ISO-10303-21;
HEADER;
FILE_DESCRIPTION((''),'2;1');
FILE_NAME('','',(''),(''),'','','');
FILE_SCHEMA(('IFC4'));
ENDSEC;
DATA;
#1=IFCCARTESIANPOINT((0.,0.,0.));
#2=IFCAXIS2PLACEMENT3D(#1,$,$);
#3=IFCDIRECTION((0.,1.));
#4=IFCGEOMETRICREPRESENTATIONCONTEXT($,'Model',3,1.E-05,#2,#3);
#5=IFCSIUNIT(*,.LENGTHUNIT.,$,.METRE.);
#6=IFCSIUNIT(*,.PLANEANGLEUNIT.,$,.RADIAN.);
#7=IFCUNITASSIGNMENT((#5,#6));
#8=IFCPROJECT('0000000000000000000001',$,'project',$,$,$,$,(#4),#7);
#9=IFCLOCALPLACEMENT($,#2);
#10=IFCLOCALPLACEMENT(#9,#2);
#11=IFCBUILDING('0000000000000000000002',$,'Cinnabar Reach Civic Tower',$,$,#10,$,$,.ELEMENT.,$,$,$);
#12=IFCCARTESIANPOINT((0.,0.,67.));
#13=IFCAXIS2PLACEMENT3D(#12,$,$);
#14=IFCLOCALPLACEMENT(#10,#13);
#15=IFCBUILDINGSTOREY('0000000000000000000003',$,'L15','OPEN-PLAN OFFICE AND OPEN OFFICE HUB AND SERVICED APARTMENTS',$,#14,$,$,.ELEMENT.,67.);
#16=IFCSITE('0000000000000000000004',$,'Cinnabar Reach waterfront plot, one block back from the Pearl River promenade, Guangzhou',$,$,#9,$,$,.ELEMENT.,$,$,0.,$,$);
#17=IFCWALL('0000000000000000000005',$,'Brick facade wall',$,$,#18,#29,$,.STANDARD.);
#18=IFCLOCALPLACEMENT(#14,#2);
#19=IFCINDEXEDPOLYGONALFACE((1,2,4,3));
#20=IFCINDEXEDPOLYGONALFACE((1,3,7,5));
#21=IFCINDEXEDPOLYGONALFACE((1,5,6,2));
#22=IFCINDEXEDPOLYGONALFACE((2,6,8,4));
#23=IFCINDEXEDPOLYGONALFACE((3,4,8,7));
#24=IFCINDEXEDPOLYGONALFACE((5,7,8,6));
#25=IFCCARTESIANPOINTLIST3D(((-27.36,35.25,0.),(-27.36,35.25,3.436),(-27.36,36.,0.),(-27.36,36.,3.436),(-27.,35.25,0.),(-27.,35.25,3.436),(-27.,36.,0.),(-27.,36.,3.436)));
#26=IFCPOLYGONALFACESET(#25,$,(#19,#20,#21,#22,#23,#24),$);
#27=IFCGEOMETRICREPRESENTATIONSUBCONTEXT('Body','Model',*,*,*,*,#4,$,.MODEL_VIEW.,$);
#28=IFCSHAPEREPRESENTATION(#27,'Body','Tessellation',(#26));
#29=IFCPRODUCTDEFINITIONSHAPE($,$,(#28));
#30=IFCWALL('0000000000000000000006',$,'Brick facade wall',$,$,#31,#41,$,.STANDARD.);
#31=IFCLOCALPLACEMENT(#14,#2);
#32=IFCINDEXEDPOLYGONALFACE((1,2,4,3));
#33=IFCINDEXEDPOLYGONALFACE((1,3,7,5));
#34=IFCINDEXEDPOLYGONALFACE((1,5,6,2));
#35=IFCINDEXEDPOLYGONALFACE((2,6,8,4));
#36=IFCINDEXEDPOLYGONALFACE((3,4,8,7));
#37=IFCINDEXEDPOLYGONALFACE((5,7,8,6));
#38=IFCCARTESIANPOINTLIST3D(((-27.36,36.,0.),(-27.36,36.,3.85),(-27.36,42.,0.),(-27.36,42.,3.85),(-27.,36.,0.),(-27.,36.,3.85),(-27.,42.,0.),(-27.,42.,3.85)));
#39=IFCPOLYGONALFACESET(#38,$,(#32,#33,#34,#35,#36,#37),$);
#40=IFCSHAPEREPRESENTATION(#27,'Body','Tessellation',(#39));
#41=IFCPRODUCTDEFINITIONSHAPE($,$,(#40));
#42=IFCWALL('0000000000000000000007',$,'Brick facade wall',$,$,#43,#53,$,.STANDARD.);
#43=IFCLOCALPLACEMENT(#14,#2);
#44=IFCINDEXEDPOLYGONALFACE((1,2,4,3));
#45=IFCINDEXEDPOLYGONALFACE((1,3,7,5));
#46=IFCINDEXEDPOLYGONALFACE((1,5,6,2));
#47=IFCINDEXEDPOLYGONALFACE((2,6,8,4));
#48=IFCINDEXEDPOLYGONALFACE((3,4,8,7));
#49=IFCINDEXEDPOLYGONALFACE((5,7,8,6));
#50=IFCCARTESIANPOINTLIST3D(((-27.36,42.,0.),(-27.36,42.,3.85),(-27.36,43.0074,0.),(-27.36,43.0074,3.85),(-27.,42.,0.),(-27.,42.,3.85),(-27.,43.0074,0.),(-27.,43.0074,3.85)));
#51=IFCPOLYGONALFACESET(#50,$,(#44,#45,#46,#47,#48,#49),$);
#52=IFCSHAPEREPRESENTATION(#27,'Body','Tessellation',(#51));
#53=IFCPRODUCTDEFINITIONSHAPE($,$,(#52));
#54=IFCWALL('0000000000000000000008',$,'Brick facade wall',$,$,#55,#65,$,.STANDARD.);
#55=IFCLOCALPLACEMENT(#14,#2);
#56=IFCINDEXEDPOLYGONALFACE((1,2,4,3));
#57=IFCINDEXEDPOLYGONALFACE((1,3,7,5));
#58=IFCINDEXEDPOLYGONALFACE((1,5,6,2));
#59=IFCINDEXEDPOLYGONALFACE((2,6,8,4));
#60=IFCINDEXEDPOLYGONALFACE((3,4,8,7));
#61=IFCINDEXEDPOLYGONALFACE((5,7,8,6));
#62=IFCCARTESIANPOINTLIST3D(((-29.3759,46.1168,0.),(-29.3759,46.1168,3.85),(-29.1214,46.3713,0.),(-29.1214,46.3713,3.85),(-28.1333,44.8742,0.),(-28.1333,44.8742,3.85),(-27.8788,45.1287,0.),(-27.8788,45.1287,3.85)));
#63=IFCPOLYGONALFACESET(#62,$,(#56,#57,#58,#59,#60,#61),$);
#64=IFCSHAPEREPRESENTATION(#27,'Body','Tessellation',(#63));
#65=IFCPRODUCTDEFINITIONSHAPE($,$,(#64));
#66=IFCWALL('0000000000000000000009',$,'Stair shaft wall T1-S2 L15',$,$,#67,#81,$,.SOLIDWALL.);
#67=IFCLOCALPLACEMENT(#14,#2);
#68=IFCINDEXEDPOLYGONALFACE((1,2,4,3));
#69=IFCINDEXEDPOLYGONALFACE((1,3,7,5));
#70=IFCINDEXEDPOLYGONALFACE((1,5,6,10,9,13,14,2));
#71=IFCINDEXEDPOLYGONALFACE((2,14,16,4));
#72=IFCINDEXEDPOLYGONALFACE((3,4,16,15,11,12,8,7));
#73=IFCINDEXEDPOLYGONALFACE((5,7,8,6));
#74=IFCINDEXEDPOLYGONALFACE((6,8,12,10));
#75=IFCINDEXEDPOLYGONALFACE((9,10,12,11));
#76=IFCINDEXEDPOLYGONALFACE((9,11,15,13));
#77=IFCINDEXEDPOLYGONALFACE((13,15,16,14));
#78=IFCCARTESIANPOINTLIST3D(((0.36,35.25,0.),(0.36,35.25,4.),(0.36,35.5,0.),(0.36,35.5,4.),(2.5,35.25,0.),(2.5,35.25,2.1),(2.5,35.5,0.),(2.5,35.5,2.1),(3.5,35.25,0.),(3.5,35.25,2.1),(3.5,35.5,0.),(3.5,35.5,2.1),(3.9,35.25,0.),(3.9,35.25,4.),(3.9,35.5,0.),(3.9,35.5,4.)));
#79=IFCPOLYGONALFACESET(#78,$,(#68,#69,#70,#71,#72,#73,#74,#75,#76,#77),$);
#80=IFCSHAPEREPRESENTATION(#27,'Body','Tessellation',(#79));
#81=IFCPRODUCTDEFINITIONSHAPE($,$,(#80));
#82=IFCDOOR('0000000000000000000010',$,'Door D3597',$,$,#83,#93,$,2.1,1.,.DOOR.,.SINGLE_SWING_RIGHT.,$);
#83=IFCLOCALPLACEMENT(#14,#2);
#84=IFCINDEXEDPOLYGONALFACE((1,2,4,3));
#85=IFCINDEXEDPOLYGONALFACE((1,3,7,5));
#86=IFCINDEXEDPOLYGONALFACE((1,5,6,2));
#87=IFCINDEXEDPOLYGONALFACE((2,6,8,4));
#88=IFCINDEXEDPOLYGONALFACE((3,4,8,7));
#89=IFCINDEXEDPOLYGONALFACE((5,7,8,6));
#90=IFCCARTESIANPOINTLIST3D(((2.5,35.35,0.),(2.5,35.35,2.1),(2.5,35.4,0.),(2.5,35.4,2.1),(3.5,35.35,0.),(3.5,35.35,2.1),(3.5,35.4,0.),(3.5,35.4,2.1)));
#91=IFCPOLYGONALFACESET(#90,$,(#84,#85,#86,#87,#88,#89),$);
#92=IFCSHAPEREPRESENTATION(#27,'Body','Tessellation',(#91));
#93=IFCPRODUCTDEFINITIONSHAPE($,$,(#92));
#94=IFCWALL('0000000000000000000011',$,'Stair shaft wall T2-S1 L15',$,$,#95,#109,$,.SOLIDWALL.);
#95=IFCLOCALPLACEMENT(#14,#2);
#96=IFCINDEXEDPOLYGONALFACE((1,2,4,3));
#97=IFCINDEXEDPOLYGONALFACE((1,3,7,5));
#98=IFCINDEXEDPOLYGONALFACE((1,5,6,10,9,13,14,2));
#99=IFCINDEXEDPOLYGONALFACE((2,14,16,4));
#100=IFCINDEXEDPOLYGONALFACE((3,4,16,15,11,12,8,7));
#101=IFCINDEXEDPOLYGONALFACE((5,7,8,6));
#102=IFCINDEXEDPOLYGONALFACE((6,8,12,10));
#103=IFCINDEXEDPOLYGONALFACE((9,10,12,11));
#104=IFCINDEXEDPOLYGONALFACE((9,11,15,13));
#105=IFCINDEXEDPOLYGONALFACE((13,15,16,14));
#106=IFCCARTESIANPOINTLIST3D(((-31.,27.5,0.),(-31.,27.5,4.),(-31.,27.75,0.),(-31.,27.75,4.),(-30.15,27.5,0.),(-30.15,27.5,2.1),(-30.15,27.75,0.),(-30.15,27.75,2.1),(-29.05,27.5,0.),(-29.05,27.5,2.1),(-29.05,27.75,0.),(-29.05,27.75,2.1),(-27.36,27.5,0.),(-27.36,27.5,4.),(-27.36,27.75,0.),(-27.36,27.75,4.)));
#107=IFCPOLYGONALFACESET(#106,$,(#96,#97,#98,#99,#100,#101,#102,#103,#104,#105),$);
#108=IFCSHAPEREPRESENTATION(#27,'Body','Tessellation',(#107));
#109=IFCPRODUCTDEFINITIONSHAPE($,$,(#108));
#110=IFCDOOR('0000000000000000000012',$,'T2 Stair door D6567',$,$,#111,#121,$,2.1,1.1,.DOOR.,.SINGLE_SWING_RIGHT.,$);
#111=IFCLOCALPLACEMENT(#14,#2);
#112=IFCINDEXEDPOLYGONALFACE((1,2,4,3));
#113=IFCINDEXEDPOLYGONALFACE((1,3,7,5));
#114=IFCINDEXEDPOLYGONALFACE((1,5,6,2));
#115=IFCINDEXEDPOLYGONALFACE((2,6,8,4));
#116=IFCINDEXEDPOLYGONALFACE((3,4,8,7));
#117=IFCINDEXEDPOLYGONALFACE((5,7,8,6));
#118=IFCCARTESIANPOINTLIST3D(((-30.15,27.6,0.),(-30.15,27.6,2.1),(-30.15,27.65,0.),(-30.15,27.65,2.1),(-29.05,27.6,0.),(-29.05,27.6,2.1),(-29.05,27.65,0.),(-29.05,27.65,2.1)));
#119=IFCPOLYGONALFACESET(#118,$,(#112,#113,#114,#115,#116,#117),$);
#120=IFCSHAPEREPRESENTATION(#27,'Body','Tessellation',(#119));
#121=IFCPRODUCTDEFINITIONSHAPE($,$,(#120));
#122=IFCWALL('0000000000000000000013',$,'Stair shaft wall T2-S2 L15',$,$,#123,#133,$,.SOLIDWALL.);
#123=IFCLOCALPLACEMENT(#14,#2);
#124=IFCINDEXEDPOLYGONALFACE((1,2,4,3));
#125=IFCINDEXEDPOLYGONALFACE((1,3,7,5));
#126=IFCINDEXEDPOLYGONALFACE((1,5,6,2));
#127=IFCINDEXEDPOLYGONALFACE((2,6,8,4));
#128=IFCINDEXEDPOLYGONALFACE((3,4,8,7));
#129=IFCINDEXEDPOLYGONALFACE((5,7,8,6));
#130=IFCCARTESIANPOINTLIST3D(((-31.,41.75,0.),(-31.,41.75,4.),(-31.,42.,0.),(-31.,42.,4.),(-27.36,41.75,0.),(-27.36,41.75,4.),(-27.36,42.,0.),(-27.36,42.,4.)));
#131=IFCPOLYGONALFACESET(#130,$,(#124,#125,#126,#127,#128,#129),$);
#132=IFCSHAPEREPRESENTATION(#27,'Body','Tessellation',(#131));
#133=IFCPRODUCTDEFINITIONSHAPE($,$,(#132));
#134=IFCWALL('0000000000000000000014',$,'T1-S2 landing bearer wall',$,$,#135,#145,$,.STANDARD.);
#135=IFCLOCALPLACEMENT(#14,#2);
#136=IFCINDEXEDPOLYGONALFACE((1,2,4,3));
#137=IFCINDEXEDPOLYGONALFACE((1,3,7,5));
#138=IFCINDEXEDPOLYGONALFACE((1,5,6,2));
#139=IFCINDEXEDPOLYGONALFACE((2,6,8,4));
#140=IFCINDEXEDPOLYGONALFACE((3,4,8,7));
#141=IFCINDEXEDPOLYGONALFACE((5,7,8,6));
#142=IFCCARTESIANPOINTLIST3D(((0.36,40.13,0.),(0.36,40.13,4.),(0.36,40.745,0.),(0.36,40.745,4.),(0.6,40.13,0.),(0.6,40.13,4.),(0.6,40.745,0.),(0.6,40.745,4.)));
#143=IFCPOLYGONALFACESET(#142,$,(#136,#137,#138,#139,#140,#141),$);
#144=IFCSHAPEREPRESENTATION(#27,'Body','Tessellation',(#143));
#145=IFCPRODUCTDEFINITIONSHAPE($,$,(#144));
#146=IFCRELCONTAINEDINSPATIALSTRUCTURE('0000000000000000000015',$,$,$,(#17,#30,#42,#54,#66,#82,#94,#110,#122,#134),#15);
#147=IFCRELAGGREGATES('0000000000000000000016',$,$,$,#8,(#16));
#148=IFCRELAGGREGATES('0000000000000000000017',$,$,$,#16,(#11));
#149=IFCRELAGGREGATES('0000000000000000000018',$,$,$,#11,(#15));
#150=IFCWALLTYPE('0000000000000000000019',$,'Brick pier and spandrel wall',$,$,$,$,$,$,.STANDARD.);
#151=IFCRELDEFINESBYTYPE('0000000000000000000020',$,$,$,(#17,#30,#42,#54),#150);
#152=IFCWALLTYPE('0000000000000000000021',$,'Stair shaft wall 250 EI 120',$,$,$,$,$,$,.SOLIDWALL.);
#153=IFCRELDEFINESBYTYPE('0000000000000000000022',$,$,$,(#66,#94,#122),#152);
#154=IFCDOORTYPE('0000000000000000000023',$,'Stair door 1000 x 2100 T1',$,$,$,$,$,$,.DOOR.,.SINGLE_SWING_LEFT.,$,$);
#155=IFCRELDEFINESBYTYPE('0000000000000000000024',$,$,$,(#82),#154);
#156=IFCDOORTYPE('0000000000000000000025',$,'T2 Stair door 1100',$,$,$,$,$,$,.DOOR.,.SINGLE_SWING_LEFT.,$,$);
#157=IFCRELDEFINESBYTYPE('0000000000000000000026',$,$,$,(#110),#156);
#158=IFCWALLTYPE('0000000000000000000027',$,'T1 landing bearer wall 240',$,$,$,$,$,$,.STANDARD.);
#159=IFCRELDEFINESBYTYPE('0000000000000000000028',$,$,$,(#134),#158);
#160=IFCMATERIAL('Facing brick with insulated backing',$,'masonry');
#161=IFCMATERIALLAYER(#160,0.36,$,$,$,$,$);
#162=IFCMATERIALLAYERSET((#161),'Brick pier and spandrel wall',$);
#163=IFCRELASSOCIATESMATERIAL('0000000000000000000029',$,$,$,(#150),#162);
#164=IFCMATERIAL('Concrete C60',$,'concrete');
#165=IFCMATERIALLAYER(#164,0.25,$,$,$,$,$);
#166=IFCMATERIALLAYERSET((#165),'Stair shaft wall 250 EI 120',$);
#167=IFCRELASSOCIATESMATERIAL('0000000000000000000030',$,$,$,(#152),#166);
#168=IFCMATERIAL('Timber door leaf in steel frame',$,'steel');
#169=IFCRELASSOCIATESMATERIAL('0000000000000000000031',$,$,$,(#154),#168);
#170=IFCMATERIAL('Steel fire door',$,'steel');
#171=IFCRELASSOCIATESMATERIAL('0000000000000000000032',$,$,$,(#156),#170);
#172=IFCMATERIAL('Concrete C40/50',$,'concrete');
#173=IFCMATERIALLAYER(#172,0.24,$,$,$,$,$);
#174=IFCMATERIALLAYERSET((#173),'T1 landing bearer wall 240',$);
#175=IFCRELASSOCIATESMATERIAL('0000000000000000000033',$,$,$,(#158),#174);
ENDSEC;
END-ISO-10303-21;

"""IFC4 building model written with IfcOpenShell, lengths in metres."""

from ifc_helpers import new_model, si_unit, direction, frame, frame_2d, origin, place, context, subcontext, project, spatial, rectangle, extrude, material, layer, layer_set, type_object, element, fill, save


model = new_model("IFC4")

# Units and contexts
model_context = context("Model", 3, precision=1e-05, world=origin(), true_north=direction((0.0, 1.0)))
body_context = subcontext(model_context, "Body", "Model", "MODEL_VIEW")
ifc_project = project(units=[si_unit("LENGTHUNIT", "METRE"), si_unit("PLANEANGLEUNIT", "RADIAN")], contexts=[model_context])

# Site, building, storey
site_placement = place(None, origin())
site = spatial("IfcSite", under=ifc_project, at=site_placement, Name="Cinnabar Reach waterfront plot, one block back from the Pearl River promenade, Guangzhou", CompositionType="ELEMENT", RefElevation=0.0)
building_placement = place(site_placement, origin())
building = spatial("IfcBuilding", under=site, at=building_placement, Name="Cinnabar Reach Civic Tower", CompositionType="ELEMENT")
storey_placement = place(building_placement, frame((0.0, 0.0, 67.0)))
storey = spatial("IfcBuildingStorey", under=building, at=storey_placement, Name="L15", Description="OPEN-PLAN OFFICE AND OPEN OFFICE HUB AND SERVICED APARTMENTS", CompositionType="ELEMENT", Elevation=67.0)

# Shared definitions
ifc_material_1 = material(Name="Concrete C60", Category="concrete")

# Shared definitions
ifc_material_2 = material(Name="Facing brick with insulated backing", Category="masonry")
ifc_layer_1 = layer(ifc_material_2, 0.36)
ifc_layer_set_1 = layer_set([ifc_layer_1], Name="Brick pier and spandrel wall")
wall_type_1 = type_object("IfcWallType", Name="Brick pier and spandrel wall", PredefinedType="STANDARD", material=ifc_layer_set_1)

# Walls
wall_1_placement = place(storey_placement, frame((-27.18, 35.25, 0.0), z_axis=(0.0, 0.0, 1.0), x_axis=(0.0, 1.0, 0.0)))
element("IfcWall", 1, at=wall_1_placement, inside=storey, type_object=wall_type_1, Name="Brick facade wall", PredefinedType="STANDARD", context=body_context, shape_type="SweptSolid", body=[
    extrude(rectangle(XDim=0.75, YDim=0.36, at=frame_2d((0.375, 0.0))), origin(), (0.0, 0.0, 1.0), 3.436),
])
wall_2_placement = place(storey_placement, frame((-27.18, 36.0, 0.0), z_axis=(0.0, 0.0, 1.0), x_axis=(0.0, 1.0, 0.0)))
element("IfcWall", 2, at=wall_2_placement, inside=storey, type_object=wall_type_1, Name="Brick facade wall", PredefinedType="STANDARD", context=body_context, shape_type="SweptSolid", body=[
    extrude(rectangle(XDim=6.0, YDim=0.36, at=frame_2d((3.0, 0.0))), origin(), (0.0, 0.0, 1.0), 3.85),
])
wall_3_placement = place(storey_placement, frame((-27.18, 42.0, 0.0), z_axis=(0.0, 0.0, 1.0), x_axis=(0.0, 1.0, 0.0)))
element("IfcWall", 3, at=wall_3_placement, inside=storey, type_object=wall_type_1, Name="Brick facade wall", PredefinedType="STANDARD", context=body_context, shape_type="SweptSolid", body=[
    extrude(rectangle(XDim=1.0074, YDim=0.36, at=frame_2d((0.5037, 0.0))), origin(), (0.0, 0.0, 1.0), 3.85),
])
wall_4_placement = place(storey_placement, frame((-28.006, 45.0014, 0.0), z_axis=(0.0, 0.0, 1.0), x_axis=(-0.707107, 0.707107, 0.0)))
element("IfcWall", 4, at=wall_4_placement, inside=storey, type_object=wall_type_1, Name="Brick facade wall", PredefinedType="STANDARD", context=body_context, shape_type="SweptSolid", body=[
    extrude(rectangle(XDim=1.7573, YDim=0.36, at=frame_2d((0.8787, 0.0))), origin(), (0.0, 0.0, 1.0), 3.85),
])

# Walls, openings, doors
ifc_layer_2 = layer(ifc_material_1, 0.25)
ifc_layer_set_2 = layer_set([ifc_layer_2], Name="Stair shaft wall 250 EI 120")
wall_type_2 = type_object("IfcWallType", Name="Stair shaft wall 250 EI 120", PredefinedType="SOLIDWALL", material=ifc_layer_set_2)
wall_5_placement = place(storey_placement, frame((0.36, 35.375, 0.0), z_axis=(0.0, 0.0, 1.0), x_axis=(1.0, 0.0, 0.0)))
wall_5 = element("IfcWall", 5, at=wall_5_placement, inside=storey, type_object=wall_type_2, Name="Stair shaft wall T1-S2 L15", PredefinedType="SOLIDWALL", context=body_context, shape_type="SweptSolid", body=[
    extrude(rectangle(XDim=3.54, YDim=0.25, at=frame_2d((1.77, 0.0))), origin(), (0.0, 0.0, 1.0), 4.0),
])
opening_1_placement = place(wall_5_placement, frame((2.14, 0.0, 0.0)))
opening_1 = element("IfcOpeningElement", 6, at=opening_1_placement, cuts=wall_5, PredefinedType="OPENING", context=body_context, shape_type="SweptSolid", body=[
    extrude(rectangle(XDim=1.0, YDim=2.1, at=frame_2d((0.5, 1.05))), frame((0.0, 0.135, 0.0), z_axis=(0.0, -1.0, 0.0), x_axis=(1.0, 0.0, 0.0)), (0.0, 0.0, 1.0), 0.27),
])
ifc_material_3 = material(Name="Timber door leaf in steel frame", Category="steel")
door_type_1 = type_object("IfcDoorType", Name="Stair door 1000 x 2100 T1", OperationType="SINGLE_SWING_LEFT", PredefinedType="DOOR", material=ifc_material_3)
door_1_placement = place(opening_1_placement, origin())
door_1 = element("IfcDoor", 7, at=door_1_placement, inside=storey, type_object=door_type_1, Name="Door D3597", OperationType="SINGLE_SWING_RIGHT", OverallHeight=2.1, OverallWidth=1.0, PredefinedType="DOOR", context=body_context, shape_type="SweptSolid", body=[
    extrude(rectangle(XDim=1.0, YDim=2.1, at=frame_2d((0.5, 1.05))), frame((0.0, 0.025, 0.0), z_axis=(0.0, -1.0, 0.0), x_axis=(1.0, 0.0, 0.0)), (0.0, 0.0, 1.0), 0.05),
])
fill(opening_1, door_1)
wall_6_placement = place(storey_placement, frame((-27.36, 27.625, 0.0), z_axis=(0.0, 0.0, 1.0), x_axis=(-1.0, 0.0, 0.0)))
wall_6 = element("IfcWall", 8, at=wall_6_placement, inside=storey, type_object=wall_type_2, Name="Stair shaft wall T2-S1 L15", PredefinedType="SOLIDWALL", context=body_context, shape_type="SweptSolid", body=[
    extrude(rectangle(XDim=3.64, YDim=0.25, at=frame_2d((1.82, 0.0))), origin(), (0.0, 0.0, 1.0), 4.0),
])
opening_2_placement = place(wall_6_placement, frame((1.69, 0.0, 0.0)))
opening_2 = element("IfcOpeningElement", 9, at=opening_2_placement, cuts=wall_6, PredefinedType="OPENING", context=body_context, shape_type="SweptSolid", body=[
    extrude(rectangle(XDim=1.1, YDim=2.1, at=frame_2d((0.55, 1.05))), frame((0.0, 0.135, 0.0), z_axis=(0.0, -1.0, 0.0), x_axis=(1.0, 0.0, 0.0)), (0.0, 0.0, 1.0), 0.27),
])
ifc_material_4 = material(Name="Steel fire door", Category="steel")
door_type_2 = type_object("IfcDoorType", Name="T2 Stair door 1100", OperationType="SINGLE_SWING_LEFT", PredefinedType="DOOR", material=ifc_material_4)
door_2_placement = place(opening_2_placement, origin())
door_2 = element("IfcDoor", 10, at=door_2_placement, inside=storey, type_object=door_type_2, Name="T2 Stair door D6567", OperationType="SINGLE_SWING_RIGHT", OverallHeight=2.1, OverallWidth=1.1, PredefinedType="DOOR", context=body_context, shape_type="SweptSolid", body=[
    extrude(rectangle(XDim=1.1, YDim=2.1, at=frame_2d((0.55, 1.05))), frame((0.0, 0.025, 0.0), z_axis=(0.0, -1.0, 0.0), x_axis=(1.0, 0.0, 0.0)), (0.0, 0.0, 1.0), 0.05),
])
fill(opening_2, door_2)

# Walls
wall_7_placement = place(storey_placement, frame((-27.36, 41.875, 0.0), z_axis=(0.0, 0.0, 1.0), x_axis=(-1.0, 0.0, 0.0)))
element("IfcWall", 11, at=wall_7_placement, inside=storey, type_object=wall_type_2, Name="Stair shaft wall T2-S2 L15", PredefinedType="SOLIDWALL", context=body_context, shape_type="SweptSolid", body=[
    extrude(rectangle(XDim=3.64, YDim=0.25, at=frame_2d((1.82, 0.0))), origin(), (0.0, 0.0, 1.0), 4.0),
])
ifc_material_5 = material(Name="Concrete C40/50", Category="concrete")
ifc_layer_3 = layer(ifc_material_5, 0.24)
ifc_layer_set_3 = layer_set([ifc_layer_3], Name="T1 landing bearer wall 240")
wall_type_3 = type_object("IfcWallType", Name="T1 landing bearer wall 240", PredefinedType="STANDARD", material=ifc_layer_set_3)
wall_8_placement = place(storey_placement, frame((0.48, 40.13, 0.0), z_axis=(0.0, 0.0, 1.0), x_axis=(0.0, 1.0, 0.0)))
element("IfcWall", 12, at=wall_8_placement, inside=storey, type_object=wall_type_3, Name="T1-S2 landing bearer wall", PredefinedType="STANDARD", context=body_context, shape_type="SweptSolid", body=[
    extrude(rectangle(XDim=0.6151, YDim=0.24, at=frame_2d((0.3075, 0.0))), origin(), (0.0, 0.0, 1.0), 4.0),
])

save(model, "model.ifc")
